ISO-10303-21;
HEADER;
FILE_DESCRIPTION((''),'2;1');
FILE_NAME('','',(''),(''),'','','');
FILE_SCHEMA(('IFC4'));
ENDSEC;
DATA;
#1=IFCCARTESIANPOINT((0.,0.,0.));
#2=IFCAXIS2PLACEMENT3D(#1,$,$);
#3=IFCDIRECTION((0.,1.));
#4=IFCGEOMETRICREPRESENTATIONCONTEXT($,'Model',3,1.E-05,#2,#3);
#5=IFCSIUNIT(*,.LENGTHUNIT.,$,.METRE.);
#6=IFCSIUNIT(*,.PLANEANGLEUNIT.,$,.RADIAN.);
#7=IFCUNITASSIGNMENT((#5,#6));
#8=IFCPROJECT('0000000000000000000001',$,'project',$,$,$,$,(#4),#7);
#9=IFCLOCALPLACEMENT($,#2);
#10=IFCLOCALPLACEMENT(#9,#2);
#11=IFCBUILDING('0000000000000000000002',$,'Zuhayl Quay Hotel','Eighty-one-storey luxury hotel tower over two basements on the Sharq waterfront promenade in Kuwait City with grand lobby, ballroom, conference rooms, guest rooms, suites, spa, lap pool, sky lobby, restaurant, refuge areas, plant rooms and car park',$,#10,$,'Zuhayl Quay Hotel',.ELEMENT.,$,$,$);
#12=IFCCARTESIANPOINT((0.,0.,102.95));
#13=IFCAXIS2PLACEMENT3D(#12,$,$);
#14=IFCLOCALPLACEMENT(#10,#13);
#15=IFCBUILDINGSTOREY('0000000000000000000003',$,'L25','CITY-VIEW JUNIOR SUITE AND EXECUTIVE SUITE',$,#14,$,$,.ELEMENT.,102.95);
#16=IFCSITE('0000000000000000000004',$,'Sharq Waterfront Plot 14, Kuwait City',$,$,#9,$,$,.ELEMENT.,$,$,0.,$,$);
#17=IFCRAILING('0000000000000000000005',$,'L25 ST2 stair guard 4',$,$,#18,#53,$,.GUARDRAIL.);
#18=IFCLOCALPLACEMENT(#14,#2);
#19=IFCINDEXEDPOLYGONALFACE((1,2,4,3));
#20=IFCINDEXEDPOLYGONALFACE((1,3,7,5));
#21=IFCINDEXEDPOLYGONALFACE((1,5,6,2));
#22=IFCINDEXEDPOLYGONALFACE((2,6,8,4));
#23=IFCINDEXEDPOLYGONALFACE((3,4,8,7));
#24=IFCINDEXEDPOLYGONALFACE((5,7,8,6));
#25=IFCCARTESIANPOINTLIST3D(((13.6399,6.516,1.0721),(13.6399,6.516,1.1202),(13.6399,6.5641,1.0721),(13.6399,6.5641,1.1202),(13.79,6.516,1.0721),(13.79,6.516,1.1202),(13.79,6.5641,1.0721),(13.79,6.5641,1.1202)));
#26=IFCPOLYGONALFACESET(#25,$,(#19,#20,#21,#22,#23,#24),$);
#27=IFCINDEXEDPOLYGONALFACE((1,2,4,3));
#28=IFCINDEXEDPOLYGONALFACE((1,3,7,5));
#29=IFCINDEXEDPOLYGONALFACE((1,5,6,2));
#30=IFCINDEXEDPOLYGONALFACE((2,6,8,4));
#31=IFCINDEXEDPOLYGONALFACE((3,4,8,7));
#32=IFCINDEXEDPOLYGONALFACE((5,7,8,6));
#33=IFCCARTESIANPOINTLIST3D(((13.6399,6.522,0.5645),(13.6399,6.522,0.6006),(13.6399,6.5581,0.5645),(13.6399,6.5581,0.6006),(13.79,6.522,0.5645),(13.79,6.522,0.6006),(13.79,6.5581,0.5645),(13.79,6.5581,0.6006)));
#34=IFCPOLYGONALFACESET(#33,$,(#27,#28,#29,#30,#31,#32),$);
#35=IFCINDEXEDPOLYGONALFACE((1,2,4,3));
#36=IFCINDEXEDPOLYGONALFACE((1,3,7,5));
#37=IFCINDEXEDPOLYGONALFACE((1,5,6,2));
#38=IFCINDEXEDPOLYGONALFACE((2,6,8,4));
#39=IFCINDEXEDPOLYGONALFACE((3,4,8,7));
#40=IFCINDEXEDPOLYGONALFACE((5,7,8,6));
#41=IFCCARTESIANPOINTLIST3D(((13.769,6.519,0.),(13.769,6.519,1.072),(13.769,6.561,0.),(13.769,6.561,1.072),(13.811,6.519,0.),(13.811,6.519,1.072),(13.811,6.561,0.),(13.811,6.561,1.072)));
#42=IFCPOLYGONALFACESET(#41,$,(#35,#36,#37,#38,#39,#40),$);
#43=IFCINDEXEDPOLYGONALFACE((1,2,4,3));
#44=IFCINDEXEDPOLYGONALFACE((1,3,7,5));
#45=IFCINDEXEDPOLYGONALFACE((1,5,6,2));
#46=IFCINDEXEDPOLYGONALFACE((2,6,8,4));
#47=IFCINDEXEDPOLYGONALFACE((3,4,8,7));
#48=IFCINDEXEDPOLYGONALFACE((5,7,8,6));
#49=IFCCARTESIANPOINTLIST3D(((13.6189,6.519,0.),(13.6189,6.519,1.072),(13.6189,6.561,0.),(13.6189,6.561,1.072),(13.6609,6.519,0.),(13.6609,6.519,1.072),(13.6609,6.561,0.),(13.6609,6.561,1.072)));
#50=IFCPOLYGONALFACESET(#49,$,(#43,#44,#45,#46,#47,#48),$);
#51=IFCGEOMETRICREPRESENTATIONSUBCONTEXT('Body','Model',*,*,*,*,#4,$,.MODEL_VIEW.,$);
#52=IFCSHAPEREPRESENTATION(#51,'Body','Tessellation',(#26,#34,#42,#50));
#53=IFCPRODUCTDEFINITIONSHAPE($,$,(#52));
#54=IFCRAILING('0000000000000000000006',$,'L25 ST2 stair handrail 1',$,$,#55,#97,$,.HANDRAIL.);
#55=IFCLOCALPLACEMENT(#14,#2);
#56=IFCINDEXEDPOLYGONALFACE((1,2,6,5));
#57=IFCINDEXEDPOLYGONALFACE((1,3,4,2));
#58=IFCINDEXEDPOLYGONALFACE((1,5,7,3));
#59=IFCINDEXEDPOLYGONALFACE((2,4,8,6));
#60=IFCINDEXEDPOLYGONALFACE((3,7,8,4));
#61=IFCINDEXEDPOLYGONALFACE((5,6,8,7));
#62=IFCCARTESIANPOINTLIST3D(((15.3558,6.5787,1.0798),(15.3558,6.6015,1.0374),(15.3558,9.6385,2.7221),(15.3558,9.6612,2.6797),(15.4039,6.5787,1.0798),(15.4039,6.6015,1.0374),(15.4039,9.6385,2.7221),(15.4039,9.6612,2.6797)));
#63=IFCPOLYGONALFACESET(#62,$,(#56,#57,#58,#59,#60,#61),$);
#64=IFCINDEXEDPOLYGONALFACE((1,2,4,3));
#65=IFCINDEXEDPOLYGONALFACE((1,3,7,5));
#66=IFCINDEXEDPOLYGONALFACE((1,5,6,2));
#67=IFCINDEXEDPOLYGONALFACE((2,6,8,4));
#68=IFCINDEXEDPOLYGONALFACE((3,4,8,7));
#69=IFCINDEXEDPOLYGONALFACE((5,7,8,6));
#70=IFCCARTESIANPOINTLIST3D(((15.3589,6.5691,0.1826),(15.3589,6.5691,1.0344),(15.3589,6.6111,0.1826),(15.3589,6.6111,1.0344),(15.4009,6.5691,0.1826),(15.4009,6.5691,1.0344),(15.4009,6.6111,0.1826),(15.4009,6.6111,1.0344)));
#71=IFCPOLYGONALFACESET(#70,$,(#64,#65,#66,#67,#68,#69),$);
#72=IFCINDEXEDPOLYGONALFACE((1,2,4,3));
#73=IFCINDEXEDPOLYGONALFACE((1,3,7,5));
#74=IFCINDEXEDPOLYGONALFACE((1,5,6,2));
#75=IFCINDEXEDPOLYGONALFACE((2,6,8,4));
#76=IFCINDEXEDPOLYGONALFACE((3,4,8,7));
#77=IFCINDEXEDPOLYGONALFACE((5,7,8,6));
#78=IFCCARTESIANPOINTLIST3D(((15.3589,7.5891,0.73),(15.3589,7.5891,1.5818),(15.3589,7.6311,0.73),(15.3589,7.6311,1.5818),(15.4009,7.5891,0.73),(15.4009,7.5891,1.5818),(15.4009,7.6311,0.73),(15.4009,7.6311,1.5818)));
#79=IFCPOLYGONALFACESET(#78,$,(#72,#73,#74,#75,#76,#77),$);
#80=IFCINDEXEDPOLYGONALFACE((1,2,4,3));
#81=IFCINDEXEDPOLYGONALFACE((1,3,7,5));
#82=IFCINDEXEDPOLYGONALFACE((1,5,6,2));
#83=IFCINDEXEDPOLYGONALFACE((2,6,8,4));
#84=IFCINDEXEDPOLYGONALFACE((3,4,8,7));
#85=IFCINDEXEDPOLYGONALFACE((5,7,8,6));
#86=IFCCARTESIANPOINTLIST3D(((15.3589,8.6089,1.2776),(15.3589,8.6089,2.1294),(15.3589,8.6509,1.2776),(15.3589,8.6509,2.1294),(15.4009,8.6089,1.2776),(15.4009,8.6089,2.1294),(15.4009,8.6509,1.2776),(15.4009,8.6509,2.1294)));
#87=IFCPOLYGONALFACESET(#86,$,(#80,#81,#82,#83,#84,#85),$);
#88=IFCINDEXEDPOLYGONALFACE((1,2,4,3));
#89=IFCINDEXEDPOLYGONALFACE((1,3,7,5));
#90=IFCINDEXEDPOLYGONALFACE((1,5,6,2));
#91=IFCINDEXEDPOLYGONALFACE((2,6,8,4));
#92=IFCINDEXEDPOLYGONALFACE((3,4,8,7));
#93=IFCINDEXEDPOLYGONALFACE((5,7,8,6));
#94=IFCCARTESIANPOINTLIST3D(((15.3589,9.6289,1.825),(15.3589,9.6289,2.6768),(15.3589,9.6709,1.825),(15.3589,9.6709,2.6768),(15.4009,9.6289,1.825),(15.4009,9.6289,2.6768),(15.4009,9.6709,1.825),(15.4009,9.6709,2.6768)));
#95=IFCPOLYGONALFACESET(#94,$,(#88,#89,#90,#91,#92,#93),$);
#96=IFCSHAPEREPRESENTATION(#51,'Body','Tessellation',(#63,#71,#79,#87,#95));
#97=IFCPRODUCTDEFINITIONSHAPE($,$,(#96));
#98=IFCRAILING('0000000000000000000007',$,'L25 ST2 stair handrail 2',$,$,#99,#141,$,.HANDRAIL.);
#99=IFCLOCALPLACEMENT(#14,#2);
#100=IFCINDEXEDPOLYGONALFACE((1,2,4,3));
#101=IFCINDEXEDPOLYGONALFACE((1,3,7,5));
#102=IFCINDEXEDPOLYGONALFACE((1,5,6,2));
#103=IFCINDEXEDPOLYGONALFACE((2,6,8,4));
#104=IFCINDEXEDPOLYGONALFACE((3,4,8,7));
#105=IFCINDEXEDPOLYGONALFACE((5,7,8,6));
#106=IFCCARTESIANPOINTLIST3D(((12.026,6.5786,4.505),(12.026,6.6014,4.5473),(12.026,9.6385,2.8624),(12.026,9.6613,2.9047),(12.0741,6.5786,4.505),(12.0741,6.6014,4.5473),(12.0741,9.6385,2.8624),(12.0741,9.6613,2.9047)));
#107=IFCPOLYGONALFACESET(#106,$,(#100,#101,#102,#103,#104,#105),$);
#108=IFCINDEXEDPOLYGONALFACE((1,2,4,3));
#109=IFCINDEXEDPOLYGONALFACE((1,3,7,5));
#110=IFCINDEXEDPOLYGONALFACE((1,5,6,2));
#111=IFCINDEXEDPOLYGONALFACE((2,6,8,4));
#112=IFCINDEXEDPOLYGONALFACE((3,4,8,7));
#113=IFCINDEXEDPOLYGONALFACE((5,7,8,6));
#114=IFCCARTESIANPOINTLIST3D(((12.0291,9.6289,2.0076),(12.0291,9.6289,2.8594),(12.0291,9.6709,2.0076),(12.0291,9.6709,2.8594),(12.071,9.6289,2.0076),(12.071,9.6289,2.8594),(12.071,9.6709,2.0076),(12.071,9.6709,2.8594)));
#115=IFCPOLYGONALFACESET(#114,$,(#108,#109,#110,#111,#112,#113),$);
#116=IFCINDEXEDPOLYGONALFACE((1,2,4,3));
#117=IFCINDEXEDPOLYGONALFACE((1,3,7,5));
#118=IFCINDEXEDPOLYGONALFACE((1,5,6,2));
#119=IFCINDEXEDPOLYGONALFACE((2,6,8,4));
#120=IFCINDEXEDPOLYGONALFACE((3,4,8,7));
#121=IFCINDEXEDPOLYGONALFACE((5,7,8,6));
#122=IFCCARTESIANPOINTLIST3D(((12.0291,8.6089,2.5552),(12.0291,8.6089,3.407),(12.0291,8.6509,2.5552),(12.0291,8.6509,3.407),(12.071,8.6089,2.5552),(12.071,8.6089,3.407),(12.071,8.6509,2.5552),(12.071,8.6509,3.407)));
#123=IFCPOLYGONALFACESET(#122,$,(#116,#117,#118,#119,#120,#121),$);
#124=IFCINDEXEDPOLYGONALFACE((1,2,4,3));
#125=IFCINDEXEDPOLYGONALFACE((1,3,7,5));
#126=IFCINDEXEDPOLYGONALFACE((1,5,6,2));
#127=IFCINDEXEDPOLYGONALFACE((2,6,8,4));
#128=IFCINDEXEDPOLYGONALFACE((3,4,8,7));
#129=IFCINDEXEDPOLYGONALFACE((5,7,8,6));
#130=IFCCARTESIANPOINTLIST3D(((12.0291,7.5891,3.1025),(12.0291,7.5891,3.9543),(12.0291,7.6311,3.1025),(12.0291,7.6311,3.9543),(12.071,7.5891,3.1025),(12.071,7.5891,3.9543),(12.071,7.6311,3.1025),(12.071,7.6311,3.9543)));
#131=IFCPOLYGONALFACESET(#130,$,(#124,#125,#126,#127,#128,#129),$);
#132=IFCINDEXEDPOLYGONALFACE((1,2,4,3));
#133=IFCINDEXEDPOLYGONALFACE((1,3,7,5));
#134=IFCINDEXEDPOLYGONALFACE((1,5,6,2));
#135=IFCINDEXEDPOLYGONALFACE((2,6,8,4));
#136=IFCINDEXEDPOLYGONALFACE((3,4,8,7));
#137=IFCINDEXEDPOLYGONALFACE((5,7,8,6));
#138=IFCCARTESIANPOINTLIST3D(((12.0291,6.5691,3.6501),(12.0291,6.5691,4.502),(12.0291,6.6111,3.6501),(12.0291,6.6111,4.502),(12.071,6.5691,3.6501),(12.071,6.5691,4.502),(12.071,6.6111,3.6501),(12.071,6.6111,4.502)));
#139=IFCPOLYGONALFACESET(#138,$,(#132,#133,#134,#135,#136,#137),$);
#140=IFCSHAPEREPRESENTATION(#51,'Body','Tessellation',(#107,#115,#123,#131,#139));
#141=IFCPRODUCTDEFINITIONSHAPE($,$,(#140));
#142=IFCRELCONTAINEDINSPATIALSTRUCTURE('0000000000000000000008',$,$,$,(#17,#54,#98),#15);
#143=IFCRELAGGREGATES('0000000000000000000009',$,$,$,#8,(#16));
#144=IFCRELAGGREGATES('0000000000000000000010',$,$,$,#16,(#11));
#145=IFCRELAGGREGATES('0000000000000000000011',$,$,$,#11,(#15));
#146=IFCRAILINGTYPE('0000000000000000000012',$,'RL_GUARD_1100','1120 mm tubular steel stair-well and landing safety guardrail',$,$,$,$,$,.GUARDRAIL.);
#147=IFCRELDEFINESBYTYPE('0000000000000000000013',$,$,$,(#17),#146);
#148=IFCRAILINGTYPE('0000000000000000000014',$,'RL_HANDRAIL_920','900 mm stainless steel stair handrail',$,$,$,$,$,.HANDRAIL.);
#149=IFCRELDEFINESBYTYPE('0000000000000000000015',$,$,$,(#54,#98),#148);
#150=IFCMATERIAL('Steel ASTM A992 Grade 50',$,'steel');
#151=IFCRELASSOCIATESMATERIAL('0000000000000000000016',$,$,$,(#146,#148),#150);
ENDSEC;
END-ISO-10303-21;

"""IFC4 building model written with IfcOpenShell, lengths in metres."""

from ifc_helpers import new_model, si_unit, direction, frame, origin, origin_2d, place, context, subcontext, project, spatial, rectangle, extrude, material, type_object, element, save


model = new_model("IFC4")

# Units and contexts
model_context = context("Model", 3, precision=1e-05, world=origin(), true_north=direction((0.0, 1.0)))
body_context = subcontext(model_context, "Body", "Model", "MODEL_VIEW")
ifc_project = project(units=[si_unit("LENGTHUNIT", "METRE"), si_unit("PLANEANGLEUNIT", "RADIAN")], contexts=[model_context])

# Site, building, storey
site_placement = place(None, origin())
site = spatial("IfcSite", under=ifc_project, at=site_placement, Name="Sharq Waterfront Plot 14, Kuwait City", CompositionType="ELEMENT", RefElevation=0.0)
building_placement = place(site_placement, origin())
building = spatial("IfcBuilding", under=site, at=building_placement, Name="Zuhayl Quay Hotel", Description="Eighty-one-storey luxury hotel tower over two basements on the Sharq waterfront promenade in Kuwait City with grand lobby, ballroom, conference rooms, guest rooms, suites, spa, lap pool, sky lobby, restaurant, refuge areas, plant rooms and car park", LongName="Zuhayl Quay Hotel", CompositionType="ELEMENT")
storey_placement = place(building_placement, frame((0.0, 0.0, 102.95)))
storey = spatial("IfcBuildingStorey", under=building, at=storey_placement, Name="L25", Description="CITY-VIEW JUNIOR SUITE AND EXECUTIVE SUITE", CompositionType="ELEMENT", Elevation=102.95)

# Shared definitions
ifc_material_1 = material(Name="Steel ASTM A992 Grade 50", Category="steel")

# Railings
railing_type_1 = type_object("IfcRailingType", Name="RL_GUARD_1100", Description="1120 mm tubular steel stair-well and landing safety guardrail", PredefinedType="GUARDRAIL", material=ifc_material_1)
railing_1_placement = place(storey_placement, frame((13.79, 6.54, 0.0)))
element("IfcRailing", 1, at=railing_1_placement, inside=storey, type_object=railing_type_1, Name="L25 ST2 stair guard 4", PredefinedType="GUARDRAIL", context=body_context, shape_type="SweptSolid", body=[
    extrude(rectangle(XDim=0.0481, YDim=0.0481, at=origin_2d()), frame((0.0, 0.0, 1.0962), z_axis=(-1.0, 0.0, 0.0), x_axis=(0.0, -1.0, 0.0)), (0.0, 0.0, 1.0), 0.1501),
    extrude(rectangle(XDim=0.0361, YDim=0.0361, at=origin_2d()), frame((0.0, 0.0, 0.5825), z_axis=(-1.0, 0.0, 0.0), x_axis=(0.0, -1.0, 0.0)), (0.0, 0.0, 1.0), 0.1501),
    extrude(rectangle(XDim=0.042, YDim=0.042, at=origin_2d()), origin(), (0.0, 0.0, 1.0), 1.072),
    extrude(rectangle(XDim=0.042, YDim=0.042, at=origin_2d()), frame((-0.1501, 0.0, 0.0)), (0.0, 0.0, 1.0), 1.072),
])
railing_type_2 = type_object("IfcRailingType", Name="RL_HANDRAIL_920", Description="900 mm stainless steel stair handrail", PredefinedType="HANDRAIL", material=ifc_material_1)
railing_2_placement = place(storey_placement, frame((15.3799, 6.5901, 0.1826)))
element("IfcRailing", 2, at=railing_2_placement, inside=storey, type_object=railing_type_2, Name="L25 ST2 stair handrail 1", PredefinedType="HANDRAIL", context=body_context, shape_type="SweptSolid", body=[
    extrude(rectangle(XDim=0.0481, YDim=0.0481, at=origin_2d()), frame((0.0, 0.0, 0.876), z_axis=(0.0, 0.881102, 0.472926), x_axis=(-1.0, 0.0, 0.0)), (0.0, 0.0, 1.0), 3.4727),
    extrude(rectangle(XDim=0.042, YDim=0.042, at=origin_2d()), origin(), (0.0, 0.0, 1.0), 0.8518),
    extrude(rectangle(XDim=0.042, YDim=0.042, at=origin_2d()), frame((0.0, 1.02, 0.5474)), (0.0, 0.0, 1.0), 0.8518),
    extrude(rectangle(XDim=0.042, YDim=0.042, at=origin_2d()), frame((0.0, 2.0398, 1.095)), (0.0, 0.0, 1.0), 0.8518),
    extrude(rectangle(XDim=0.042, YDim=0.042, at=origin_2d()), frame((0.0, 3.0598, 1.6423)), (0.0, 0.0, 1.0), 0.8518),
])
railing_3_placement = place(storey_placement, frame((12.05, 9.6499, 2.0076)))
element("IfcRailing", 3, at=railing_3_placement, inside=storey, type_object=railing_type_2, Name="L25 ST2 stair handrail 2", PredefinedType="HANDRAIL", context=body_context, shape_type="SweptSolid", body=[
    extrude(rectangle(XDim=0.0481, YDim=0.0481, at=origin_2d()), frame((0.0, 0.0, 0.876), z_axis=(0.0, -0.881073, 0.47298), x_axis=(1.0, 0.0, 0.0)), (0.0, 0.0, 1.0), 3.4729),
    extrude(rectangle(XDim=0.042, YDim=0.042, at=origin_2d()), origin(), (0.0, 0.0, 1.0), 0.8518),
    extrude(rectangle(XDim=0.042, YDim=0.042, at=origin_2d()), frame((0.0, -1.02, 0.5476)), (0.0, 0.0, 1.0), 0.8518),
    extrude(rectangle(XDim=0.042, YDim=0.042, at=origin_2d()), frame((0.0, -2.0398, 1.095)), (0.0, 0.0, 1.0), 0.8518),
    extrude(rectangle(XDim=0.042, YDim=0.042, at=origin_2d()), frame((0.0, -3.0598, 1.6426)), (0.0, 0.0, 1.0), 0.8518),
])

save(model, "model.ifc")
